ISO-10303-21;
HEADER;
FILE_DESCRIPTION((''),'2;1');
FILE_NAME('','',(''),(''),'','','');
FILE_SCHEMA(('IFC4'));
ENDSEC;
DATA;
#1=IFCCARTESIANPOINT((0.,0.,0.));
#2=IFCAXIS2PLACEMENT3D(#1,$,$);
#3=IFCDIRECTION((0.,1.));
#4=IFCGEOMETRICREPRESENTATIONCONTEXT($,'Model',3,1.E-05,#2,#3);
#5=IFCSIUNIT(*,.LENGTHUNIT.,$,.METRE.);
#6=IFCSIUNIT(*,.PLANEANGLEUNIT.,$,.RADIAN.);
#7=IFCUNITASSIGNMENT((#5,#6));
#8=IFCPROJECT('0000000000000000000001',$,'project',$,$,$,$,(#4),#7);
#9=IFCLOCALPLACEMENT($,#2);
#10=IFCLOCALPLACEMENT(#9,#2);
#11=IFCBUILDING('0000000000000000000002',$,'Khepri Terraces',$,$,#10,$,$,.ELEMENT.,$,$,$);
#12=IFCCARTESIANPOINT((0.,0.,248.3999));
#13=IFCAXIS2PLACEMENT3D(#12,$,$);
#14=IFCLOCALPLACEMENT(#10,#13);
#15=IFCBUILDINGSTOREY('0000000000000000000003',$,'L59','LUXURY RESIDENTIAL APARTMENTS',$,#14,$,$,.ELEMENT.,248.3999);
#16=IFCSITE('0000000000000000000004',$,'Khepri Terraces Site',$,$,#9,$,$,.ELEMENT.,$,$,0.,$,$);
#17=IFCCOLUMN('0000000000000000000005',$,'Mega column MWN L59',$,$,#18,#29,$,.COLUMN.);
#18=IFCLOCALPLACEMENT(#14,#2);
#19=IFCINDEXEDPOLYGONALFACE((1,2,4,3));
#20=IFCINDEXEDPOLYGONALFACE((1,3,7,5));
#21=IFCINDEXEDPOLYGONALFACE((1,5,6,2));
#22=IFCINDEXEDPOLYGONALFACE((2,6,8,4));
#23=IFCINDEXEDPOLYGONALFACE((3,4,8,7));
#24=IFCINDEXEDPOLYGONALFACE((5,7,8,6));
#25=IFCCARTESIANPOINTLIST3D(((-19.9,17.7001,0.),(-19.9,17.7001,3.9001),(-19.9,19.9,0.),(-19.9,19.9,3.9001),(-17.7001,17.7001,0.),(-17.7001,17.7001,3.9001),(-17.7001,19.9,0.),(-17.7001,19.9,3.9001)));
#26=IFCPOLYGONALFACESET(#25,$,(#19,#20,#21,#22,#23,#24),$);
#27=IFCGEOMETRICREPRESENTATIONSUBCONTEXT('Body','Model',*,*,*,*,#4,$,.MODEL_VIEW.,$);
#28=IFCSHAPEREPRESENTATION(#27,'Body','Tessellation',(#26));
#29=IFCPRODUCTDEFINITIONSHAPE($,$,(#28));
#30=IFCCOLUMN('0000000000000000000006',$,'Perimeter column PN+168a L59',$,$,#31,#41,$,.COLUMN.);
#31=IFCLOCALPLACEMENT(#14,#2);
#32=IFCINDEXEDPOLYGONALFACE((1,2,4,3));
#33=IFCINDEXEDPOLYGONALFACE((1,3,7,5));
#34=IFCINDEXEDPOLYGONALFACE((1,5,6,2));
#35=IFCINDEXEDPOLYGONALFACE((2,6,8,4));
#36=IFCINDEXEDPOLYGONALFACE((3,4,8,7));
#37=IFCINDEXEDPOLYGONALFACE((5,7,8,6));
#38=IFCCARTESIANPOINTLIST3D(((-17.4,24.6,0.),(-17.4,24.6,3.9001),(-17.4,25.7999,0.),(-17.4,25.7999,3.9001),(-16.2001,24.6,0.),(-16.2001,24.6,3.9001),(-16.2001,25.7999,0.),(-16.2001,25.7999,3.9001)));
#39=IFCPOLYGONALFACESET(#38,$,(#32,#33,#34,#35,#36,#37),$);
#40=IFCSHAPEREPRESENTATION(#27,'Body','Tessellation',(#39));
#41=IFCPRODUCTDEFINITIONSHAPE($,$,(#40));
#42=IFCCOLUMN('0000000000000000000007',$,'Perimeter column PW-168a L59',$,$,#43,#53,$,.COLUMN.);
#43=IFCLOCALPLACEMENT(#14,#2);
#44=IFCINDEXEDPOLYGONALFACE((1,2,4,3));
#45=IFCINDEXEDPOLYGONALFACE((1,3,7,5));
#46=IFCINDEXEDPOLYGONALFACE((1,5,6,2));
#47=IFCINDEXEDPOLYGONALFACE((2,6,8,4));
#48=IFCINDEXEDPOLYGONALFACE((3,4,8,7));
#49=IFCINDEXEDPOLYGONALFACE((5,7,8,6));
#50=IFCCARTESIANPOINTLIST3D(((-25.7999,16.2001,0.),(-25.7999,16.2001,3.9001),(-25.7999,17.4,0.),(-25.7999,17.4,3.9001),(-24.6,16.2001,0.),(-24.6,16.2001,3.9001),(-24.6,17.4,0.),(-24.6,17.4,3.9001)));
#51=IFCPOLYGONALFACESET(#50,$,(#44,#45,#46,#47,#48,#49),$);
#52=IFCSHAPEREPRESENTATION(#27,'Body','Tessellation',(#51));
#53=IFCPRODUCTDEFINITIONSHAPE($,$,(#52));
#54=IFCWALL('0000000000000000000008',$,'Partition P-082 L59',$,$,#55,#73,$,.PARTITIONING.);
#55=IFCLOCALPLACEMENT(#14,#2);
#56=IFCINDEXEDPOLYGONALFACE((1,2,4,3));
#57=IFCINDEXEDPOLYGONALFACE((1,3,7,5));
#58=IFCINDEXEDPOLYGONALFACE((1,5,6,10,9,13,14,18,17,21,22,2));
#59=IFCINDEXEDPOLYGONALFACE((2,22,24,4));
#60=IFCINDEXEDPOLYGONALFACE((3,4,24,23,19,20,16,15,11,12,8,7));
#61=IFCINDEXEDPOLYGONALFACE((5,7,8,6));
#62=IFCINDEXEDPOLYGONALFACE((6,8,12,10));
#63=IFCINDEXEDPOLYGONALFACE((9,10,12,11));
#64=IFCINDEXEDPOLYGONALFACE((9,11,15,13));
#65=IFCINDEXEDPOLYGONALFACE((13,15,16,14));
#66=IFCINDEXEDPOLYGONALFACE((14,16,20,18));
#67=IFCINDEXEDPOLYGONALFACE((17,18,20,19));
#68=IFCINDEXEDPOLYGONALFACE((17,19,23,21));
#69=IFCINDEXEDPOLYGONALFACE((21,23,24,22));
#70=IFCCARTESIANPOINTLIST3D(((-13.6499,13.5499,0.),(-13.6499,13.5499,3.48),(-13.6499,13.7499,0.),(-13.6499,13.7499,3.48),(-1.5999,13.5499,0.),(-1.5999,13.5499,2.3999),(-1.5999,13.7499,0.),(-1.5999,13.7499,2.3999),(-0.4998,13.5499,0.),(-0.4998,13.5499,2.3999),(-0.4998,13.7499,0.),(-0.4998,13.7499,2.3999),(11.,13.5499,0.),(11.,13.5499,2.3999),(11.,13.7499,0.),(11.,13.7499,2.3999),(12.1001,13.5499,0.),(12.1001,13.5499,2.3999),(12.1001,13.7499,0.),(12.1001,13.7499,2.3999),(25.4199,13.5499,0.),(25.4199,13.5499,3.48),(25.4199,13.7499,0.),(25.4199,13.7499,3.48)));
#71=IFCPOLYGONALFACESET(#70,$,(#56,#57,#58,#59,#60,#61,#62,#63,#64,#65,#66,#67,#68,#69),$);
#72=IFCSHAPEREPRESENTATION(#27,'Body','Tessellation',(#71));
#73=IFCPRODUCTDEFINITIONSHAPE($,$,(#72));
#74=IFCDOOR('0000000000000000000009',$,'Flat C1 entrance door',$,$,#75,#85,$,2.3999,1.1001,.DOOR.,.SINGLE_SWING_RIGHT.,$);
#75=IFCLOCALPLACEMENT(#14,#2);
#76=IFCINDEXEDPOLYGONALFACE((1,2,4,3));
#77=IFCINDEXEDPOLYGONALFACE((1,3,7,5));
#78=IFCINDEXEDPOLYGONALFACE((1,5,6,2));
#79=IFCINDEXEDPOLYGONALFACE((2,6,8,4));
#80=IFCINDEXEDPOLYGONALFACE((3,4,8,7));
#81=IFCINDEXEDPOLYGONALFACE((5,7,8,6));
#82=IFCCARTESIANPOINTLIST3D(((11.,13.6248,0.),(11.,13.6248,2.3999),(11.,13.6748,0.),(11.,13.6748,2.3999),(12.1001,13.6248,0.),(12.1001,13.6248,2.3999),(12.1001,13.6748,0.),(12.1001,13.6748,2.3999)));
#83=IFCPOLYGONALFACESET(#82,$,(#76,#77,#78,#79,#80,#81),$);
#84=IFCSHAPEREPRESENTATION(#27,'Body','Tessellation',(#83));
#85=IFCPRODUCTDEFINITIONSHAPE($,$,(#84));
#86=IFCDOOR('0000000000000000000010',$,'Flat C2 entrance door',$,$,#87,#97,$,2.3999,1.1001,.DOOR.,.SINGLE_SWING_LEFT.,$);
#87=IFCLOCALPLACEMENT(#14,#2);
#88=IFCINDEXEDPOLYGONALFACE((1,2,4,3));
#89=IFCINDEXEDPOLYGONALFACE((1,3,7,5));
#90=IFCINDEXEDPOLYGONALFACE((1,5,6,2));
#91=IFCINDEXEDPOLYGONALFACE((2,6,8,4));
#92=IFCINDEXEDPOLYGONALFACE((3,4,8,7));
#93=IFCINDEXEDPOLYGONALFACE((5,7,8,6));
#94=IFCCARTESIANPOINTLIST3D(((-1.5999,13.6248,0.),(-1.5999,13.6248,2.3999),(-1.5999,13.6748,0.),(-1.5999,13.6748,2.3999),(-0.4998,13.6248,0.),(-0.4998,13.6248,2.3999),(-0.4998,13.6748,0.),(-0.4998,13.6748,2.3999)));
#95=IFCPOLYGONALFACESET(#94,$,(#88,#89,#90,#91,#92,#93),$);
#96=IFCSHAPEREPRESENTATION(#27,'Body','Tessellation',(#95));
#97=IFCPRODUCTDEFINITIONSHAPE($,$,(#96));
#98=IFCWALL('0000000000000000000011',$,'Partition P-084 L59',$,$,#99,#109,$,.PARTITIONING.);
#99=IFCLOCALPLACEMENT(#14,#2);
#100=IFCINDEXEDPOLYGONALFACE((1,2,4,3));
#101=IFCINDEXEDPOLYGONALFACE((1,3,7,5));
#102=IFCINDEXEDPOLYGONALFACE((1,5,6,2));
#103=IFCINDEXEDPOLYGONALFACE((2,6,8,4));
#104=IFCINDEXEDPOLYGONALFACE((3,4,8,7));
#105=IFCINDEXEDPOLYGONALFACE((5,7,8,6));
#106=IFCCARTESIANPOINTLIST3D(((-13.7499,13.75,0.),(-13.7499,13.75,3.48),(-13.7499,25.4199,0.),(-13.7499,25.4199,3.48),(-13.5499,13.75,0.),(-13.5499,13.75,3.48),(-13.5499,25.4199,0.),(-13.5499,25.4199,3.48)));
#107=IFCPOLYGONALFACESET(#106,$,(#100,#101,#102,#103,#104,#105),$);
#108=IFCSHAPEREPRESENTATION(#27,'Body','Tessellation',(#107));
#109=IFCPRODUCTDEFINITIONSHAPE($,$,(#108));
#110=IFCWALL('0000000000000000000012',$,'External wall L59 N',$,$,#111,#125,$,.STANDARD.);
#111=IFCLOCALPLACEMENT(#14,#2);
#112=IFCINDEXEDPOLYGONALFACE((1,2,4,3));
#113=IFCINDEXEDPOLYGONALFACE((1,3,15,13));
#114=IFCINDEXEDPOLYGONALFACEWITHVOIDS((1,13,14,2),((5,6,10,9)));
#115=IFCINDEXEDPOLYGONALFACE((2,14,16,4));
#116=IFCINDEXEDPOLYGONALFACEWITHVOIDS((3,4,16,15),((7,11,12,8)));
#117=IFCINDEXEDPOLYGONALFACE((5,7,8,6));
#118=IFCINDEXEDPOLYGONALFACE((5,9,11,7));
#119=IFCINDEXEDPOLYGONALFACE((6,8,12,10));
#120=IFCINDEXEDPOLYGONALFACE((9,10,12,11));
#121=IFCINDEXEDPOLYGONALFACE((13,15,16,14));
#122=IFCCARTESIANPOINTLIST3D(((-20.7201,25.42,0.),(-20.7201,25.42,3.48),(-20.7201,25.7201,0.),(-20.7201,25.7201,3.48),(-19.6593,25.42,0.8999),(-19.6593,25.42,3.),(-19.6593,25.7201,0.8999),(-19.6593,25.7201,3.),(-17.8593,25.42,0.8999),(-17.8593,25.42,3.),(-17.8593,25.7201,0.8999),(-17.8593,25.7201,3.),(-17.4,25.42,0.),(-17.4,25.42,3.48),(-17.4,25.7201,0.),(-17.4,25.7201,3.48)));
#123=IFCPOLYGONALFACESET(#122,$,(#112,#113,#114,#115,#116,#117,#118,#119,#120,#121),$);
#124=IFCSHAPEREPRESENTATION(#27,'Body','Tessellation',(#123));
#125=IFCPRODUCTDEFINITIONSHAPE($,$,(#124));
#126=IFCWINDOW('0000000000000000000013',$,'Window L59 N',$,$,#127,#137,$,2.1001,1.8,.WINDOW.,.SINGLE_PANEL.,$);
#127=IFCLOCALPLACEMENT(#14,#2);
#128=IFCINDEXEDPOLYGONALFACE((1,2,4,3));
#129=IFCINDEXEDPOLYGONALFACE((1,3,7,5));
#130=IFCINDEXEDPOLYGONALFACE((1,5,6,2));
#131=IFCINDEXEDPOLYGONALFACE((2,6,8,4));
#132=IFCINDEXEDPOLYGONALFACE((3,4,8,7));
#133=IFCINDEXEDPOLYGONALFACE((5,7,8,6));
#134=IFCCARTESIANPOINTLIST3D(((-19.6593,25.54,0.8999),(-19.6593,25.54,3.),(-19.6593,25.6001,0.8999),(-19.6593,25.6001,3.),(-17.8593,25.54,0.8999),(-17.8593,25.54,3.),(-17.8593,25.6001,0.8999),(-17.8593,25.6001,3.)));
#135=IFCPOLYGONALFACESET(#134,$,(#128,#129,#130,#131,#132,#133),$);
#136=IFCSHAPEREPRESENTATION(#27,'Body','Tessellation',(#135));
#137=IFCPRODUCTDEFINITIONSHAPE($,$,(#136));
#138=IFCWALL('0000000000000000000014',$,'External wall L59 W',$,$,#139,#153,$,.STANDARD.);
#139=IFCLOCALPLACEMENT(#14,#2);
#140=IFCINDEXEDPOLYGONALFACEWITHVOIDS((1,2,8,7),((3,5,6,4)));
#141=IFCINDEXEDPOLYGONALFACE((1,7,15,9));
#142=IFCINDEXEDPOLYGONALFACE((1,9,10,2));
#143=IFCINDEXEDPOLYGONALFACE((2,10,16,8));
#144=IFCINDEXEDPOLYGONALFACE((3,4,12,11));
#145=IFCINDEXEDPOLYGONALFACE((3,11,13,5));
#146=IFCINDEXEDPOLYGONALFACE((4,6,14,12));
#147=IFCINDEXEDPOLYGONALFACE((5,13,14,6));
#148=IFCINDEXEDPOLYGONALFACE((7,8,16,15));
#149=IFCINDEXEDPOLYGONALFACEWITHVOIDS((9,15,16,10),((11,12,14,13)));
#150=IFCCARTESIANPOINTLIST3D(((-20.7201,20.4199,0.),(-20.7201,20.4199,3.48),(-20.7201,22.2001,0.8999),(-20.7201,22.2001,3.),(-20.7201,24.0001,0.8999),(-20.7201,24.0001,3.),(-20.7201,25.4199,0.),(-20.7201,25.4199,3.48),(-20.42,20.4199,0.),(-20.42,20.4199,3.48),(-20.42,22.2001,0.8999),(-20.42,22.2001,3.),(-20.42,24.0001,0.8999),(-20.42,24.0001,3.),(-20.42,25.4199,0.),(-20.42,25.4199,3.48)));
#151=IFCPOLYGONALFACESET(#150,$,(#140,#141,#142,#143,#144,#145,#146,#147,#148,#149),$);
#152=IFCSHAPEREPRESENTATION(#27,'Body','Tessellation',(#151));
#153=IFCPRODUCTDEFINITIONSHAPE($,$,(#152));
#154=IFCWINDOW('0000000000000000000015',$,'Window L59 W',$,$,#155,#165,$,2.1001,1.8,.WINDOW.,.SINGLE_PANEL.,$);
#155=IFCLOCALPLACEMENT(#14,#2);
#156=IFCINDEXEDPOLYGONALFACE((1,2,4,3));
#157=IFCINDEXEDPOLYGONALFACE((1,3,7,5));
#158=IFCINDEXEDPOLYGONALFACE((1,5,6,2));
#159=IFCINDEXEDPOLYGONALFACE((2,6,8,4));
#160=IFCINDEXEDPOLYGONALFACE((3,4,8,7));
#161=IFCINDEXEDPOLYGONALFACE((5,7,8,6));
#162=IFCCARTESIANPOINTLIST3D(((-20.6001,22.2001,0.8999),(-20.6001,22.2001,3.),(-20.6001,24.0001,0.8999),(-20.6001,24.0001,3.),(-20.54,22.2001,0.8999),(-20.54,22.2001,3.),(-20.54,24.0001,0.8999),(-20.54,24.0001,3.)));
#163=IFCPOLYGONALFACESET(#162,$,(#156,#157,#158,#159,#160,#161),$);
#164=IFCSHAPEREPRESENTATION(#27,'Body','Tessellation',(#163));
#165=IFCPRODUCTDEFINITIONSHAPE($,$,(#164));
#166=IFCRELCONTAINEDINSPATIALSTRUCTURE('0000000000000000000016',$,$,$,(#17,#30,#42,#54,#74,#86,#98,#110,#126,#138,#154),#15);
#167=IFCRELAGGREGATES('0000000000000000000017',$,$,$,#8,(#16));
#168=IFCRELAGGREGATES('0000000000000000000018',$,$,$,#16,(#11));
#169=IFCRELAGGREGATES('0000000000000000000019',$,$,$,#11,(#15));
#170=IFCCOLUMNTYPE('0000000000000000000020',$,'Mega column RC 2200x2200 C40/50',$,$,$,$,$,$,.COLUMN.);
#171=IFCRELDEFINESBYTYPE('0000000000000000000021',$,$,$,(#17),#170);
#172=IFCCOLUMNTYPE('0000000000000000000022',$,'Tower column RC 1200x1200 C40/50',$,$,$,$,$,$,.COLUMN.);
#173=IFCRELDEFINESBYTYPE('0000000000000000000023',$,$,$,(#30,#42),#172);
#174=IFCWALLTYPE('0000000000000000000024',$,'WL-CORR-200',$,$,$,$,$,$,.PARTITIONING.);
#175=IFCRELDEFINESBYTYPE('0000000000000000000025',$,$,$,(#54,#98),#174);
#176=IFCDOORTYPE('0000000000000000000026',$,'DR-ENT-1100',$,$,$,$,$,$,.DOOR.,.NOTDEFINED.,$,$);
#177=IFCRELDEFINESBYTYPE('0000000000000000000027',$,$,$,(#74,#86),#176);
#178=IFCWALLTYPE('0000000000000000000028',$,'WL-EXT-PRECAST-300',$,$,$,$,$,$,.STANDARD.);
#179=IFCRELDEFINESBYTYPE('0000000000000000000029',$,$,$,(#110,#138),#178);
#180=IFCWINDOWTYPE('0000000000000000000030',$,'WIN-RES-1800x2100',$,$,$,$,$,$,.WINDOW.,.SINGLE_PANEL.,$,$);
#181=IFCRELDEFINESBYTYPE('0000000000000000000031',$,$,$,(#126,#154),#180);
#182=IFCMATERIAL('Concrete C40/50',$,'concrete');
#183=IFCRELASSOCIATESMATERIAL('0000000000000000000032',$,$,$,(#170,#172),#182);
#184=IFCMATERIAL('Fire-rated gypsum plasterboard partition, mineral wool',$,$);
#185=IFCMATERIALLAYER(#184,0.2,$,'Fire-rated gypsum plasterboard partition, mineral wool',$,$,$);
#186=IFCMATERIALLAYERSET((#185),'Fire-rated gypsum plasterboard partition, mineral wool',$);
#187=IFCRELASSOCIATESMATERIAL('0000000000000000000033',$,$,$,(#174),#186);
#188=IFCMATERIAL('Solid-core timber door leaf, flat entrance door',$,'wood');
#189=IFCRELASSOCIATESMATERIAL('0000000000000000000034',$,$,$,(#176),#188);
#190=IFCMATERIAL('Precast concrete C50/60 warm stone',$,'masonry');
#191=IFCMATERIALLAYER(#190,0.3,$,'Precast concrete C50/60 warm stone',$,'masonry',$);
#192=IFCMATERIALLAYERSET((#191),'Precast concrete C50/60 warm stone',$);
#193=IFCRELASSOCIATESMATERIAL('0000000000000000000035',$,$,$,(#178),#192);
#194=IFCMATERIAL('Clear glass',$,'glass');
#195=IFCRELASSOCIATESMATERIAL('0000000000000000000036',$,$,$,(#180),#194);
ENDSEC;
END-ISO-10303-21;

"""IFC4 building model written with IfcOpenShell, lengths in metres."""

from ifc_helpers import new_model, si_unit, direction, frame, frame_2d, origin, origin_2d, place, context, subcontext, project, spatial, rectangle, extrude, material, layer, layer_set, material_profile, profile_set, type_object, element, fill, save


model = new_model("IFC4")

# Units and contexts
model_context = context("Model", 3, precision=1e-05, world=origin(), true_north=direction((0.0, 1.0)))
body_context = subcontext(model_context, "Body", "Model", "MODEL_VIEW")
ifc_project = project(units=[si_unit("LENGTHUNIT", "METRE"), si_unit("PLANEANGLEUNIT", "RADIAN")], contexts=[model_context])

# Site, building, storey
site_placement = place(None, origin())
site = spatial("IfcSite", under=ifc_project, at=site_placement, Name="Khepri Terraces Site", CompositionType="ELEMENT", RefElevation=0.0)
building_placement = place(site_placement, origin())
building = spatial("IfcBuilding", under=site, at=building_placement, Name="Khepri Terraces", CompositionType="ELEMENT")
storey_placement = place(building_placement, frame((0.0, 0.0, 248.3999)))
storey = spatial("IfcBuildingStorey", under=building, at=storey_placement, Name="L59", Description="LUXURY RESIDENTIAL APARTMENTS", CompositionType="ELEMENT", Elevation=248.3999)

# Columns
ifc_material_1 = material(Name="Concrete C40/50", Category="concrete")
ifc_material_profile_1 = material_profile(ifc_material_1, rectangle(XDim=2.2, YDim=2.2, at=origin_2d()), Name="Concrete C40/50", Category="concrete")
ifc_profile_set_1 = profile_set([ifc_material_profile_1], Name="Concrete C40/50")
column_type_1 = type_object("IfcColumnType", Name="Mega column RC 2200x2200 C40/50", PredefinedType="COLUMN", material=ifc_profile_set_1)
column_placement = place(storey_placement, frame((-18.8, 18.8, 0.0), z_axis=(0.0, 0.0, 1.0), x_axis=(1.0, 0.0, 0.0)))
element("IfcColumn", 1, at=column_placement, inside=storey, type_object=column_type_1, Name="Mega column MWN L59", PredefinedType="COLUMN", context=body_context, shape_type="SweptSolid", body=[
    extrude(rectangle(XDim=2.2, YDim=2.2, at=origin_2d()), origin(), (0.0, 0.0, 1.0), 3.9001),
])
ifc_material_profile_2 = material_profile(ifc_material_1, rectangle(XDim=1.2, YDim=1.2, at=origin_2d()), Name="Concrete C40/50", Category="concrete")
ifc_profile_set_2 = profile_set([ifc_material_profile_2], Name="Concrete C40/50")
column_type_2 = type_object("IfcColumnType", Name="Tower column RC 1200x1200 C40/50", PredefinedType="COLUMN", material=ifc_profile_set_2)
for number, where, z_axis, x_axis, name in (
    (2, (-16.8, 25.2, 0.0), (0.0, 0.0, 1.0), (1.0, 0.0, 0.0), "Perimeter column PN+168a L59"),
    (3, (-25.2, 16.8, 0.0), (0.0, 0.0, 1.0), (1.0, 0.0, 0.0), "Perimeter column PW-168a L59"),
):
    element("IfcColumn", number, at=place(storey_placement, frame(where, z_axis=z_axis, x_axis=x_axis)), inside=storey, type_object=column_type_2, Name=name, PredefinedType="COLUMN", context=body_context, shape_type="SweptSolid", body=[
        extrude(rectangle(XDim=1.2, YDim=1.2, at=origin_2d()), origin(), (0.0, 0.0, 1.0), 3.9001),
    ])

# Wall, openings, doors
ifc_material_2 = material(Name="Fire-rated gypsum plasterboard partition, mineral wool")
ifc_layer_1 = layer(ifc_material_2, 0.2, Name="Fire-rated gypsum plasterboard partition, mineral wool")
ifc_layer_set_1 = layer_set([ifc_layer_1], Name="Fire-rated gypsum plasterboard partition, mineral wool")
wall_type_1 = type_object("IfcWallType", Name="WL-CORR-200", PredefinedType="PARTITIONING", material=ifc_layer_set_1)
wall_1_placement = place(storey_placement, frame((-13.6499, 13.6499, 0.0), z_axis=(0.0, 0.0, 1.0), x_axis=(1.0, 0.0, 0.0)))
wall_1 = element("IfcWall", 4, at=wall_1_placement, inside=storey, type_object=wall_type_1, Name="Partition P-082 L59", PredefinedType="PARTITIONING", context=body_context, shape_type="SweptSolid", body=[
    extrude(rectangle(XDim=39.0698, YDim=0.2, at=frame_2d((19.5349, 0.0))), origin(), (0.0, 0.0, 1.0), 3.48),
])
opening_1_placement = place(wall_1_placement, frame((24.6499, 0.0, 0.0)))
opening_1 = element("IfcOpeningElement", 5, at=opening_1_placement, cuts=wall_1, PredefinedType="OPENING", context=body_context, shape_type="SweptSolid", body=[
    extrude(rectangle(XDim=1.1001, YDim=2.3999, at=frame_2d((0.55, 1.2))), frame((0.0, 0.1099, 0.0), z_axis=(0.0, -1.0, 0.0), x_axis=(1.0, 0.0, 0.0)), (0.0, 0.0, 1.0), 0.22),
])
opening_2_placement = place(wall_1_placement, frame((12.05, 0.0, 0.0)))
opening_2 = element("IfcOpeningElement", 6, at=opening_2_placement, cuts=wall_1, PredefinedType="OPENING", context=body_context, shape_type="SweptSolid", body=[
    extrude(rectangle(XDim=1.1001, YDim=2.3999, at=frame_2d((0.55, 1.2))), frame((0.0, 0.1099, 0.0), z_axis=(0.0, -1.0, 0.0), x_axis=(1.0, 0.0, 0.0)), (0.0, 0.0, 1.0), 0.22),
])
ifc_material_3 = material(Name="Solid-core timber door leaf, flat entrance door", Category="wood")
door_type_1 = type_object("IfcDoorType", Name="DR-ENT-1100", OperationType="NOTDEFINED", PredefinedType="DOOR", material=ifc_material_3)
door_1_placement = place(opening_1_placement, origin())
door_1 = element("IfcDoor", 7, at=door_1_placement, inside=storey, type_object=door_type_1, Name="Flat C1 entrance door", OperationType="SINGLE_SWING_RIGHT", OverallHeight=2.3999, OverallWidth=1.1001, PredefinedType="DOOR", context=body_context, shape_type="SweptSolid", body=[
    extrude(rectangle(XDim=1.1001, YDim=2.3999, at=frame_2d((0.55, 1.2))), frame((0.0, 0.0249, 0.0), z_axis=(0.0, -1.0, 0.0), x_axis=(1.0, 0.0, 0.0)), (0.0, 0.0, 1.0), 0.05),
])
fill(opening_1, door_1)
door_2_placement = place(opening_2_placement, origin())
door_2 = element("IfcDoor", 8, at=door_2_placement, inside=storey, type_object=door_type_1, Name="Flat C2 entrance door", OperationType="SINGLE_SWING_LEFT", OverallHeight=2.3999, OverallWidth=1.1001, PredefinedType="DOOR", context=body_context, shape_type="SweptSolid", body=[
    extrude(rectangle(XDim=1.1001, YDim=2.3999, at=frame_2d((0.55, 1.2))), frame((0.0, 0.0249, 0.0), z_axis=(0.0, -1.0, 0.0), x_axis=(1.0, 0.0, 0.0)), (0.0, 0.0, 1.0), 0.05),
])
fill(opening_2, door_2)

# Wall
wall_2_placement = place(storey_placement, frame((-13.6499, 13.75, 0.0), z_axis=(0.0, 0.0, 1.0), x_axis=(0.0, 1.0, 0.0)))
element("IfcWall", 9, at=wall_2_placement, inside=storey, type_object=wall_type_1, Name="Partition P-084 L59", PredefinedType="PARTITIONING", context=body_context, shape_type="SweptSolid", body=[
    extrude(rectangle(XDim=11.6699, YDim=0.2, at=frame_2d((5.835, 0.0))), origin(), (0.0, 0.0, 1.0), 3.48),
])

# Walls, openings, windows
ifc_material_4 = material(Name="Precast concrete C50/60 warm stone", Category="masonry")
ifc_layer_2 = layer(ifc_material_4, 0.3, Name="Precast concrete C50/60 warm stone", Category="masonry")
ifc_layer_set_2 = layer_set([ifc_layer_2], Name="Precast concrete C50/60 warm stone")
wall_type_2 = type_object("IfcWallType", Name="WL-EXT-PRECAST-300", PredefinedType="STANDARD", material=ifc_layer_set_2)
wall_3_placement = place(storey_placement, frame((-17.3999, 25.5701, 0.0), z_axis=(0.0, 0.0, 1.0), x_axis=(-1.0, 0.0, 0.0)))
wall_3 = element("IfcWall", 10, at=wall_3_placement, inside=storey, type_object=wall_type_2, Name="External wall L59 N", PredefinedType="STANDARD", context=body_context, shape_type="SweptSolid", body=[
    extrude(rectangle(XDim=3.3201, YDim=0.3, at=frame_2d((1.6602, 0.0))), origin(), (0.0, 0.0, 1.0), 3.48),
])
opening_3_placement = place(wall_3_placement, frame((0.4595, 0.0, 0.8999)))
opening_3 = element("IfcOpeningElement", 11, at=opening_3_placement, cuts=wall_3, PredefinedType="OPENING", context=body_context, shape_type="SweptSolid", body=[
    extrude(rectangle(XDim=1.8, YDim=2.1001, at=frame_2d((0.8999, 1.05))), frame((0.0, 0.1602, 0.0), z_axis=(0.0, -1.0, 0.0), x_axis=(1.0, 0.0, 0.0)), (0.0, 0.0, 1.0), 0.3201),
])
ifc_material_5 = material(Name="Clear glass", Category="glass")
window_type = type_object("IfcWindowType", Name="WIN-RES-1800x2100", PartitioningType="SINGLE_PANEL", PredefinedType="WINDOW", material=ifc_material_5)
window_1_placement = place(opening_3_placement, origin())
window_1 = element("IfcWindow", 12, at=window_1_placement, inside=storey, type_object=window_type, Name="Window L59 N", OverallHeight=2.1001, OverallWidth=1.8, PartitioningType="SINGLE_PANEL", PredefinedType="WINDOW", context=body_context, shape_type="SweptSolid", body=[
    extrude(rectangle(XDim=1.8, YDim=2.1001, at=frame_2d((0.8999, 1.05))), frame((0.0, 0.03, 0.0), z_axis=(0.0, -1.0, 0.0), x_axis=(1.0, 0.0, 0.0)), (0.0, 0.0, 1.0), 0.0601),
])
fill(opening_3, window_1)
wall_4_placement = place(storey_placement, frame((-20.5701, 25.4199, 0.0), z_axis=(0.0, 0.0, 1.0), x_axis=(0.0, -1.0, 0.0)))
wall_4 = element("IfcWall", 13, at=wall_4_placement, inside=storey, type_object=wall_type_2, Name="External wall L59 W", PredefinedType="STANDARD", context=body_context, shape_type="SweptSolid", body=[
    extrude(rectangle(XDim=5.0, YDim=0.3, at=frame_2d((2.5, 0.0))), origin(), (0.0, 0.0, 1.0), 3.48),
])
opening_4_placement = place(wall_4_placement, frame((1.4199, 0.0, 0.8999)))
opening_4 = element("IfcOpeningElement", 14, at=opening_4_placement, cuts=wall_4, PredefinedType="OPENING", context=body_context, shape_type="SweptSolid", body=[
    extrude(rectangle(XDim=1.8, YDim=2.1001, at=frame_2d((0.8999, 1.05))), frame((0.0, 0.1602, 0.0), z_axis=(0.0, -1.0, 0.0), x_axis=(1.0, 0.0, 0.0)), (0.0, 0.0, 1.0), 0.3201),
])
window_2_placement = place(opening_4_placement, origin())
window_2 = element("IfcWindow", 15, at=window_2_placement, inside=storey, type_object=window_type, Name="Window L59 W", OverallHeight=2.1001, OverallWidth=1.8, PartitioningType="SINGLE_PANEL", PredefinedType="WINDOW", context=body_context, shape_type="SweptSolid", body=[
    extrude(rectangle(XDim=1.8, YDim=2.1001, at=frame_2d((0.8999, 1.05))), frame((0.0, 0.03, 0.0), z_axis=(0.0, -1.0, 0.0), x_axis=(1.0, 0.0, 0.0)), (0.0, 0.0, 1.0), 0.0601),
])
fill(opening_4, window_2)

save(model, "model.ifc")
